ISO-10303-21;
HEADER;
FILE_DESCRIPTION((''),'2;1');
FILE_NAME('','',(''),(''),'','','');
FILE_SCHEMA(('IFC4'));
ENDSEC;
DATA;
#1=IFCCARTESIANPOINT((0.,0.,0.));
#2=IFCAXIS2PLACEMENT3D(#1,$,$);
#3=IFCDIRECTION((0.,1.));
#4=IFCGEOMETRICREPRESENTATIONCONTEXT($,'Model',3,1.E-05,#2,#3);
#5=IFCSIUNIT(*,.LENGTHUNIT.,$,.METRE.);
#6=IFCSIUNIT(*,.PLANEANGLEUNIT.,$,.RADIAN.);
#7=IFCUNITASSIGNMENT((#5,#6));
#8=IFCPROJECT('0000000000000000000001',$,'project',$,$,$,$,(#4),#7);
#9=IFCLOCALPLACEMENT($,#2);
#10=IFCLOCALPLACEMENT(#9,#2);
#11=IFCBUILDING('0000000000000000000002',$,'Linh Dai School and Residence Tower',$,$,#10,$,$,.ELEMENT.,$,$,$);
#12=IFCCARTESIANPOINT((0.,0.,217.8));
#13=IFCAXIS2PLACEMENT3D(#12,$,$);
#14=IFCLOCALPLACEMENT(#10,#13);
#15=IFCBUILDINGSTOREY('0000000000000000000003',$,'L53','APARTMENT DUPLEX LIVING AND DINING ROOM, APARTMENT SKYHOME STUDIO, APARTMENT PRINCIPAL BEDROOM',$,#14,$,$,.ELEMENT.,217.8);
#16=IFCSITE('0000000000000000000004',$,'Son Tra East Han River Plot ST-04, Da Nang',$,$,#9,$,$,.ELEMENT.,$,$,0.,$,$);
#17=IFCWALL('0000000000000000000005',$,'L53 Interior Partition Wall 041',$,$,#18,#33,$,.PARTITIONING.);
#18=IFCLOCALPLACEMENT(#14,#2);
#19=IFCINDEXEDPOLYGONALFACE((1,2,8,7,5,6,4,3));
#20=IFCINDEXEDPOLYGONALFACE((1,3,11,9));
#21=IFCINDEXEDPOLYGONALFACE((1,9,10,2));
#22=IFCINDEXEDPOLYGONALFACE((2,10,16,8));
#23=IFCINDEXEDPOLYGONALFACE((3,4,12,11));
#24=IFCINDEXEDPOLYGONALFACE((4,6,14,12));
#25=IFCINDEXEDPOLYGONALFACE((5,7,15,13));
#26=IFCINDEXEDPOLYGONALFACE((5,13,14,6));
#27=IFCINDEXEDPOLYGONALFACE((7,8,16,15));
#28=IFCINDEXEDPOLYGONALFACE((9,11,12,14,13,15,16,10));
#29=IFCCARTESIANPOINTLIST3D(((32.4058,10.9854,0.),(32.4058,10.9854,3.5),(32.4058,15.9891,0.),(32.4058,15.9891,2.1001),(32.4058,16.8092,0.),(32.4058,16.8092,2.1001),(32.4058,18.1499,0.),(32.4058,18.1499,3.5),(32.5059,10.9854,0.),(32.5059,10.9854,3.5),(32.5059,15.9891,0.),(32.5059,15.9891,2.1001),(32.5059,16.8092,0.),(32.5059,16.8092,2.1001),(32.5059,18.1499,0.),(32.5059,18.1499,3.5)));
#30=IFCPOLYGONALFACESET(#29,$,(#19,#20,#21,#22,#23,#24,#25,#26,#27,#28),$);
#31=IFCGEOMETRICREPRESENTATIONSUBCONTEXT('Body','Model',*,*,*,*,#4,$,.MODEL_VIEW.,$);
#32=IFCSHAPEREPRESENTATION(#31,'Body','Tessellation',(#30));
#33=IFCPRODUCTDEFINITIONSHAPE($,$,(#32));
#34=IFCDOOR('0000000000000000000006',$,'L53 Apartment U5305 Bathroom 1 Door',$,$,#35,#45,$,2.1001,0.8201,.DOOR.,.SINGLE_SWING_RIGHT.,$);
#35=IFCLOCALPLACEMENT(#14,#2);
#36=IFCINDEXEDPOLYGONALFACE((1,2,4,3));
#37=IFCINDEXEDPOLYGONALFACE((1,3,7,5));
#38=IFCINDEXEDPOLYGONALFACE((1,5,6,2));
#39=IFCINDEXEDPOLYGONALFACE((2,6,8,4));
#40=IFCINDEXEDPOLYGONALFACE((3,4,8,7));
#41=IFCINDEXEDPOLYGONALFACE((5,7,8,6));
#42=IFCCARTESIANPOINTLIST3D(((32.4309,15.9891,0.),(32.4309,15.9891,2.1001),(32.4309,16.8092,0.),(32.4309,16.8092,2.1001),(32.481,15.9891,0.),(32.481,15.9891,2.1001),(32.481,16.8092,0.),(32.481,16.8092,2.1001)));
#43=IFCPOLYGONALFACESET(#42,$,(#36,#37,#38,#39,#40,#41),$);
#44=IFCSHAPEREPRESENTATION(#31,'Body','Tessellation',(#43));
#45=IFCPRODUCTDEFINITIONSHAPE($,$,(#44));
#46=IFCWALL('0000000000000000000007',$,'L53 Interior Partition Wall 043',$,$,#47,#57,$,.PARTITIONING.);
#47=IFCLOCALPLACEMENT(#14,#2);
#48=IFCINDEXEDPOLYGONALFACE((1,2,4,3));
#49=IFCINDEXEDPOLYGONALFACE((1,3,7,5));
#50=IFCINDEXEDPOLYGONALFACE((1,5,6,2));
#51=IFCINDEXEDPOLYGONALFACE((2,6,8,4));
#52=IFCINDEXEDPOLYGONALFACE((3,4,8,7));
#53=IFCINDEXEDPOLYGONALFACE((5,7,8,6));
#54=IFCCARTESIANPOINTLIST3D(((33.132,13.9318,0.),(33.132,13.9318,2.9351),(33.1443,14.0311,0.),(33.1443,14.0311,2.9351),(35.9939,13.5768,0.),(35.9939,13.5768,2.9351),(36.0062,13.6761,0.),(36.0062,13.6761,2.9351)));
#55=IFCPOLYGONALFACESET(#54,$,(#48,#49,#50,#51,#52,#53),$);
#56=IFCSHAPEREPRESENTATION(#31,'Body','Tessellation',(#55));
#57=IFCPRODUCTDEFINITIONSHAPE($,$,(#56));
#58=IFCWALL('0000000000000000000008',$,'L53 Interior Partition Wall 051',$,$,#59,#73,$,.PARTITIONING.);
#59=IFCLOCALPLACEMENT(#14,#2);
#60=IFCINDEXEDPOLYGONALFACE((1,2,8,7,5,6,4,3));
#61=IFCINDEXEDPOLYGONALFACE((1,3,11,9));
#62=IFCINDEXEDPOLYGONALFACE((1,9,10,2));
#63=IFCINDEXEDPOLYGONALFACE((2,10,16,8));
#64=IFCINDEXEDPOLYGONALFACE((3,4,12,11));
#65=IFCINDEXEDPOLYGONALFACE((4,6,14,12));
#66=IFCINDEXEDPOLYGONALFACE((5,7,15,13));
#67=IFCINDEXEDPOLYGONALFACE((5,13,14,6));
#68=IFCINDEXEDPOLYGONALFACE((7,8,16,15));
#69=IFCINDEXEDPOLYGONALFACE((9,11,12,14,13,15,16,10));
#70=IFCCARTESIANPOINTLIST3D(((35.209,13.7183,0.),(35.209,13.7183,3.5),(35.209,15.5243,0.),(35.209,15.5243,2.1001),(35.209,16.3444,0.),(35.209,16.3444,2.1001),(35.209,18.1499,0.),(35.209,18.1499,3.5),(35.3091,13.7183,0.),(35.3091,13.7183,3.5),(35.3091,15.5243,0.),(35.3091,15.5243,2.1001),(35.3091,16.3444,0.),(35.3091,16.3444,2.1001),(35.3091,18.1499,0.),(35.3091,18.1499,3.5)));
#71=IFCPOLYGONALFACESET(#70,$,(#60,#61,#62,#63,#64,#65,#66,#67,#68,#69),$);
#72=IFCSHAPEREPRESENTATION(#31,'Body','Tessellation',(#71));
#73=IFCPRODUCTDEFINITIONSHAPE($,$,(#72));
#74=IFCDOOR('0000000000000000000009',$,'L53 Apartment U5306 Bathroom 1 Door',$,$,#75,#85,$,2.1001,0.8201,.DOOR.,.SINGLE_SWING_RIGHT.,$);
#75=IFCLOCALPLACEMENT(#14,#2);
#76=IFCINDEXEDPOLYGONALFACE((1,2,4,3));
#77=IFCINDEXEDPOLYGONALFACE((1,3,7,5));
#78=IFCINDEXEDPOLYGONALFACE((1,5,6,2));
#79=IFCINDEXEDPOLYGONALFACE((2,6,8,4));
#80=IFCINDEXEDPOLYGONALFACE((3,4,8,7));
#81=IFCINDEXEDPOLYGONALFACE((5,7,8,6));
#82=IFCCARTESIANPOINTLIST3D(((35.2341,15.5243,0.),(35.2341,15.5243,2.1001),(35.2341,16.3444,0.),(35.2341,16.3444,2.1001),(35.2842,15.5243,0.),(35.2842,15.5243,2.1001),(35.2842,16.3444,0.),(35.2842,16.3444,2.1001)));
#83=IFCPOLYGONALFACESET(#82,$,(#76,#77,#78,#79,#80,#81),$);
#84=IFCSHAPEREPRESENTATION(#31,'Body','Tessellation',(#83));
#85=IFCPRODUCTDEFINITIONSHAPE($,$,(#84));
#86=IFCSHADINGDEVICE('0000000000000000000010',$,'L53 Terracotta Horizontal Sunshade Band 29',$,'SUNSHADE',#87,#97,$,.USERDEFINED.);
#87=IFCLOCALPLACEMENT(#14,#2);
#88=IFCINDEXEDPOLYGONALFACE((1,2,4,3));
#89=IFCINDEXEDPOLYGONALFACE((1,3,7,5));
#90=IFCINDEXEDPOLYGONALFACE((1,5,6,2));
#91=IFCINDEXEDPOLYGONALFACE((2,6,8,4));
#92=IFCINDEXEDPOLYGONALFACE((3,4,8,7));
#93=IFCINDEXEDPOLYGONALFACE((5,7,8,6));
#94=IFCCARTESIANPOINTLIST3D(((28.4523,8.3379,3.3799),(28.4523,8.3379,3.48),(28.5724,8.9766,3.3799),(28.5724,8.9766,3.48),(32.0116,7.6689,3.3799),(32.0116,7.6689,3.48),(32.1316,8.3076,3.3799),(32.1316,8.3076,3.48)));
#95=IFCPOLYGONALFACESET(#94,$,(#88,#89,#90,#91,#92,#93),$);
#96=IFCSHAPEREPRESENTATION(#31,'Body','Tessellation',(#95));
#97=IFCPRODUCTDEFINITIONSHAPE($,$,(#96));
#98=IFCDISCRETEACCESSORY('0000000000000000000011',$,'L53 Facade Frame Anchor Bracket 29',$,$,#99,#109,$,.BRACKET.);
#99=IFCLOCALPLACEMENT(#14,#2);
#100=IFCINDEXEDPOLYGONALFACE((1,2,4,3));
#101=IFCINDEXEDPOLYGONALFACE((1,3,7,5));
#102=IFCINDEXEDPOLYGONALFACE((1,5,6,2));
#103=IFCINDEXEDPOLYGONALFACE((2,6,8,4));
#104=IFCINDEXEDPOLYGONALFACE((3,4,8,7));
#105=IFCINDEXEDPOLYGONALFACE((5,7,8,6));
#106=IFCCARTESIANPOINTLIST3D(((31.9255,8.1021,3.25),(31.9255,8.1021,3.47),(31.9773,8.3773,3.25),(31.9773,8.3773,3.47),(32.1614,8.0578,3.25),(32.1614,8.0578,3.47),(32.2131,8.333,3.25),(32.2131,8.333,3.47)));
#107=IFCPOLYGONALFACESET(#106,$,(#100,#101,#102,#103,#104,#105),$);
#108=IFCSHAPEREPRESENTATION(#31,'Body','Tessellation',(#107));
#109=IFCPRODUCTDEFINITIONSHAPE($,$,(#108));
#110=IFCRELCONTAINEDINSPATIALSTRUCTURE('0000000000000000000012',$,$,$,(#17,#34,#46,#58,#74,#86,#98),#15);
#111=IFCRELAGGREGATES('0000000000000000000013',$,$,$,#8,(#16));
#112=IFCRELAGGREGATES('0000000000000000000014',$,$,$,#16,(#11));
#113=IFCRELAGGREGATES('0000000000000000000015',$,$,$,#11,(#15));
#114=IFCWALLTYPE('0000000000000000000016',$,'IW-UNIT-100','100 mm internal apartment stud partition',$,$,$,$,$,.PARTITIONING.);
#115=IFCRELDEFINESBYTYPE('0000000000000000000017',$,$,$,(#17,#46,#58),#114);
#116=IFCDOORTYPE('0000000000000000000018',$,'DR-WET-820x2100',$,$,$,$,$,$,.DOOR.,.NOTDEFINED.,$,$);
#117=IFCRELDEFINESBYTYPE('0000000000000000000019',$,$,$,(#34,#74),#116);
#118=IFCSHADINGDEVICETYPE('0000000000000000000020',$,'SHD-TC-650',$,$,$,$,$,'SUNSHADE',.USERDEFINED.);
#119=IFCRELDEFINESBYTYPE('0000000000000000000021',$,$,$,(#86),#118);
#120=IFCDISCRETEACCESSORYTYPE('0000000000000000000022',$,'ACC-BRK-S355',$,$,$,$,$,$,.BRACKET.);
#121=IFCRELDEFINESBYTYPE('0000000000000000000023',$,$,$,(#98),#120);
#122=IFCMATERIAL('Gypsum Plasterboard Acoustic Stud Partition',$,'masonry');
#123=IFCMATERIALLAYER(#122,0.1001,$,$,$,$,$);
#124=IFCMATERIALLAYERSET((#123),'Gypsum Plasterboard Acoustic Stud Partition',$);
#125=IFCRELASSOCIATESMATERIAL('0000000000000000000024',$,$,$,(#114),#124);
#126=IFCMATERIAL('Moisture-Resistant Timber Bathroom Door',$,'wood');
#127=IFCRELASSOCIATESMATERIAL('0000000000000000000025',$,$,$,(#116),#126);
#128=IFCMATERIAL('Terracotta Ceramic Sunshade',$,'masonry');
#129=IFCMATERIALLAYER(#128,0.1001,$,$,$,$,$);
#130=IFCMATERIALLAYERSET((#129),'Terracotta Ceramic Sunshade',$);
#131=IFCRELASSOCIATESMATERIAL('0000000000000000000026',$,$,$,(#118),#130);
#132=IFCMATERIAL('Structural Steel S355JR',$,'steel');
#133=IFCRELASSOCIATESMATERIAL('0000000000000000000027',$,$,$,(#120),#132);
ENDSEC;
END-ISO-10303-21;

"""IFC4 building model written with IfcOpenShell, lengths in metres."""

from ifc_helpers import new_model, si_unit, direction, frame, frame_2d, origin, origin_2d, place, context, subcontext, project, spatial, rectangle, extrude, source, transform, mapped, material, layer, layer_set, type_object, element, fill, save


model = new_model("IFC4")

# Units and contexts
model_context = context("Model", 3, precision=1e-05, world=origin(), true_north=direction((0.0, 1.0)))
body_context = subcontext(model_context, "Body", "Model", "MODEL_VIEW")
ifc_project = project(units=[si_unit("LENGTHUNIT", "METRE"), si_unit("PLANEANGLEUNIT", "RADIAN")], contexts=[model_context])

# Site, building, storey
site_placement = place(None, origin())
site = spatial("IfcSite", under=ifc_project, at=site_placement, Name="Son Tra East Han River Plot ST-04, Da Nang", CompositionType="ELEMENT", RefElevation=0.0)
building_placement = place(site_placement, origin())
building = spatial("IfcBuilding", under=site, at=building_placement, Name="Linh Dai School and Residence Tower", CompositionType="ELEMENT")
storey_placement = place(building_placement, frame((0.0, 0.0, 217.8)))
storey = spatial("IfcBuildingStorey", under=building, at=storey_placement, Name="L53", Description="APARTMENT DUPLEX LIVING AND DINING ROOM, APARTMENT SKYHOME STUDIO, APARTMENT PRINCIPAL BEDROOM", CompositionType="ELEMENT", Elevation=217.8)

# Shared definitions
ifc_material_1 = material(Name="Structural Steel S355JR", Category="steel")

# Shared definitions
ifc_material_2 = material(Name="Gypsum Plasterboard Acoustic Stud Partition", Category="masonry")
ifc_layer_1 = layer(ifc_material_2, 0.1001)
ifc_layer_set_1 = layer_set([ifc_layer_1], Name="Gypsum Plasterboard Acoustic Stud Partition")
wall_type_1 = type_object("IfcWallType", Name="IW-UNIT-100", Description="100 mm internal apartment stud partition", PredefinedType="PARTITIONING", material=ifc_layer_set_1)

# Wall, opening, door
wall_1_placement = place(storey_placement, frame((32.4558, 10.9854, 0.0), z_axis=(0.0, 0.0, 1.0), x_axis=(0.0, 1.0, 0.0)))
wall_1 = element("IfcWall", 1, at=wall_1_placement, inside=storey, type_object=wall_type_1, Name="L53 Interior Partition Wall 041", PredefinedType="PARTITIONING", context=body_context, shape_type="SweptSolid", body=[
    extrude(rectangle(XDim=7.1646, YDim=0.1001, at=frame_2d((3.5823, 0.0))), origin(), (0.0, 0.0, 1.0), 3.5),
])
opening_1_placement = place(wall_1_placement, frame((5.0037, 0.0, 0.0)))
opening_1 = element("IfcOpeningElement", 2, at=opening_1_placement, cuts=wall_1, PredefinedType="OPENING", context=body_context, shape_type="SweptSolid", body=[
    extrude(rectangle(XDim=0.8201, YDim=2.1001, at=origin_2d()), frame((0.4102, 0.0601, 1.05), z_axis=(0.0, -1.0, 0.0), x_axis=(1.0, 0.0, 0.0)), (0.0, 0.0, 1.0), 0.1201),
])
ifc_material_3 = material(Name="Moisture-Resistant Timber Bathroom Door", Category="wood")
door_type_1 = type_object("IfcDoorType", Name="DR-WET-820x2100", OperationType="NOTDEFINED", PredefinedType="DOOR", material=ifc_material_3)
shared_shape_1 = source(origin(), body_context, "Body", "SweptSolid", [
    extrude(rectangle(XDim=0.8201, YDim=2.1001, at=origin_2d()), frame((0.4102, 0.0249, 1.05), z_axis=(0.0, -1.0, 0.0), x_axis=(1.0, 0.0, 0.0)), (0.0, 0.0, 1.0), 0.05),
])
door_1_placement = place(opening_1_placement, origin())
door_1 = element("IfcDoor", 3, at=door_1_placement, inside=storey, type_object=door_type_1, Name="L53 Apartment U5305 Bathroom 1 Door", OperationType="SINGLE_SWING_RIGHT", OverallHeight=2.1001, OverallWidth=0.8201, PredefinedType="DOOR", context=body_context, shape_type="MappedRepresentation", body=[
    mapped(shared_shape_1, transform((0.0, 0.0, 0.0), x_axis=(1.0, 0.0, 0.0), y_axis=(0.0, 1.0, 0.0), z_axis=(0.0, 0.0, 1.0), scale=1.0)),
])
fill(opening_1, door_1)

# Wall
wall_2_placement = place(storey_placement, frame((33.1382, 13.9814, 0.0), z_axis=(0.0, 0.0, 1.0), x_axis=(0.992395, -0.123097, 0.0)))
element("IfcWall", 4, at=wall_2_placement, inside=storey, type_object=wall_type_1, Name="L53 Interior Partition Wall 043", PredefinedType="PARTITIONING", context=body_context, shape_type="SweptSolid", body=[
    extrude(rectangle(XDim=2.8838, YDim=0.1001, at=frame_2d((1.4419, 0.0))), origin(), (0.0, 0.0, 1.0), 2.9351),
])

# Wall, opening, door
wall_3_placement = place(storey_placement, frame((35.259, 13.7183, 0.0), z_axis=(0.0, 0.0, 1.0), x_axis=(0.0, 1.0, 0.0)))
wall_3 = element("IfcWall", 5, at=wall_3_placement, inside=storey, type_object=wall_type_1, Name="L53 Interior Partition Wall 051", PredefinedType="PARTITIONING", context=body_context, shape_type="SweptSolid", body=[
    extrude(rectangle(XDim=4.4316, YDim=0.1001, at=frame_2d((2.2158, 0.0))), origin(), (0.0, 0.0, 1.0), 3.5),
])
opening_2_placement = place(wall_3_placement, frame((1.8059, 0.0, 0.0)))
opening_2 = element("IfcOpeningElement", 6, at=opening_2_placement, cuts=wall_3, PredefinedType="OPENING", context=body_context, shape_type="SweptSolid", body=[
    extrude(rectangle(XDim=0.8201, YDim=2.1001, at=origin_2d()), frame((0.4102, 0.0601, 1.05), z_axis=(0.0, -1.0, 0.0), x_axis=(1.0, 0.0, 0.0)), (0.0, 0.0, 1.0), 0.1201),
])
door_2_placement = place(opening_2_placement, origin())
door_2 = element("IfcDoor", 7, at=door_2_placement, inside=storey, type_object=door_type_1, Name="L53 Apartment U5306 Bathroom 1 Door", OperationType="SINGLE_SWING_RIGHT", OverallHeight=2.1001, OverallWidth=0.8201, PredefinedType="DOOR", context=body_context, shape_type="MappedRepresentation", body=[
    mapped(shared_shape_1, transform((0.0, 0.0, 0.0), x_axis=(1.0, 0.0, 0.0), y_axis=(0.0, 1.0, 0.0), z_axis=(0.0, 0.0, 1.0), scale=1.0)),
])
fill(opening_2, door_2)

# Shading device
ifc_material_4 = material(Name="Terracotta Ceramic Sunshade", Category="masonry")
ifc_layer_2 = layer(ifc_material_4, 0.1001)
ifc_layer_set_2 = layer_set([ifc_layer_2], Name="Terracotta Ceramic Sunshade")
shading_device_type = type_object("IfcShadingDeviceType", Name="SHD-TC-650", ElementType="SUNSHADE", PredefinedType="USERDEFINED", material=ifc_layer_set_2)
shared_shape_2 = source(origin(), body_context, "Body", "SweptSolid", [
    extrude(rectangle(XDim=3.6216, YDim=0.6499, at=origin_2d()), origin(), (0.0, 0.0, 1.0), 0.1001),
])
shading_device_placement = place(storey_placement, frame((30.292, 8.3228, 3.3799), z_axis=(0.0, 0.0, 1.0), x_axis=(-0.982787, 0.184744, 0.0)))
element("IfcShadingDevice", 8, at=shading_device_placement, inside=storey, type_object=shading_device_type, Name="L53 Terracotta Horizontal Sunshade Band 29", ObjectType="SUNSHADE", PredefinedType="USERDEFINED", context=body_context, shape_type="MappedRepresentation", body=[
    mapped(shared_shape_2, transform((0.0, 0.0, 0.0), x_axis=(1.0, 0.0, 0.0), y_axis=(0.0, 1.0, 0.0), z_axis=(0.0, 0.0, 1.0), scale=1.0)),
])

# Discrete accessory
discrete_accessory_type = type_object("IfcDiscreteAccessoryType", Name="ACC-BRK-S355", PredefinedType="BRACKET", material=ifc_material_1)
shared_shape_3 = source(origin(), body_context, "Body", "SweptSolid", [
    extrude(rectangle(XDim=0.28, YDim=0.24, at=origin_2d()), origin(), (0.0, 0.0, 1.0), 0.22),
])
discrete_accessory_placement = place(storey_placement, frame((32.0693, 8.2175, 3.25), z_axis=(0.0, 0.0, 1.0), x_axis=(-0.184744, -0.982787, 0.0)))
element("IfcDiscreteAccessory", 9, at=discrete_accessory_placement, inside=storey, type_object=discrete_accessory_type, Name="L53 Facade Frame Anchor Bracket 29", PredefinedType="BRACKET", context=body_context, shape_type="MappedRepresentation", body=[
    mapped(shared_shape_3, transform((0.0, 0.0, 0.0), x_axis=(1.0, 0.0, 0.0), y_axis=(0.0, 1.0, 0.0), z_axis=(0.0, 0.0, 1.0), scale=1.0)),
])

save(model, "model.ifc")
